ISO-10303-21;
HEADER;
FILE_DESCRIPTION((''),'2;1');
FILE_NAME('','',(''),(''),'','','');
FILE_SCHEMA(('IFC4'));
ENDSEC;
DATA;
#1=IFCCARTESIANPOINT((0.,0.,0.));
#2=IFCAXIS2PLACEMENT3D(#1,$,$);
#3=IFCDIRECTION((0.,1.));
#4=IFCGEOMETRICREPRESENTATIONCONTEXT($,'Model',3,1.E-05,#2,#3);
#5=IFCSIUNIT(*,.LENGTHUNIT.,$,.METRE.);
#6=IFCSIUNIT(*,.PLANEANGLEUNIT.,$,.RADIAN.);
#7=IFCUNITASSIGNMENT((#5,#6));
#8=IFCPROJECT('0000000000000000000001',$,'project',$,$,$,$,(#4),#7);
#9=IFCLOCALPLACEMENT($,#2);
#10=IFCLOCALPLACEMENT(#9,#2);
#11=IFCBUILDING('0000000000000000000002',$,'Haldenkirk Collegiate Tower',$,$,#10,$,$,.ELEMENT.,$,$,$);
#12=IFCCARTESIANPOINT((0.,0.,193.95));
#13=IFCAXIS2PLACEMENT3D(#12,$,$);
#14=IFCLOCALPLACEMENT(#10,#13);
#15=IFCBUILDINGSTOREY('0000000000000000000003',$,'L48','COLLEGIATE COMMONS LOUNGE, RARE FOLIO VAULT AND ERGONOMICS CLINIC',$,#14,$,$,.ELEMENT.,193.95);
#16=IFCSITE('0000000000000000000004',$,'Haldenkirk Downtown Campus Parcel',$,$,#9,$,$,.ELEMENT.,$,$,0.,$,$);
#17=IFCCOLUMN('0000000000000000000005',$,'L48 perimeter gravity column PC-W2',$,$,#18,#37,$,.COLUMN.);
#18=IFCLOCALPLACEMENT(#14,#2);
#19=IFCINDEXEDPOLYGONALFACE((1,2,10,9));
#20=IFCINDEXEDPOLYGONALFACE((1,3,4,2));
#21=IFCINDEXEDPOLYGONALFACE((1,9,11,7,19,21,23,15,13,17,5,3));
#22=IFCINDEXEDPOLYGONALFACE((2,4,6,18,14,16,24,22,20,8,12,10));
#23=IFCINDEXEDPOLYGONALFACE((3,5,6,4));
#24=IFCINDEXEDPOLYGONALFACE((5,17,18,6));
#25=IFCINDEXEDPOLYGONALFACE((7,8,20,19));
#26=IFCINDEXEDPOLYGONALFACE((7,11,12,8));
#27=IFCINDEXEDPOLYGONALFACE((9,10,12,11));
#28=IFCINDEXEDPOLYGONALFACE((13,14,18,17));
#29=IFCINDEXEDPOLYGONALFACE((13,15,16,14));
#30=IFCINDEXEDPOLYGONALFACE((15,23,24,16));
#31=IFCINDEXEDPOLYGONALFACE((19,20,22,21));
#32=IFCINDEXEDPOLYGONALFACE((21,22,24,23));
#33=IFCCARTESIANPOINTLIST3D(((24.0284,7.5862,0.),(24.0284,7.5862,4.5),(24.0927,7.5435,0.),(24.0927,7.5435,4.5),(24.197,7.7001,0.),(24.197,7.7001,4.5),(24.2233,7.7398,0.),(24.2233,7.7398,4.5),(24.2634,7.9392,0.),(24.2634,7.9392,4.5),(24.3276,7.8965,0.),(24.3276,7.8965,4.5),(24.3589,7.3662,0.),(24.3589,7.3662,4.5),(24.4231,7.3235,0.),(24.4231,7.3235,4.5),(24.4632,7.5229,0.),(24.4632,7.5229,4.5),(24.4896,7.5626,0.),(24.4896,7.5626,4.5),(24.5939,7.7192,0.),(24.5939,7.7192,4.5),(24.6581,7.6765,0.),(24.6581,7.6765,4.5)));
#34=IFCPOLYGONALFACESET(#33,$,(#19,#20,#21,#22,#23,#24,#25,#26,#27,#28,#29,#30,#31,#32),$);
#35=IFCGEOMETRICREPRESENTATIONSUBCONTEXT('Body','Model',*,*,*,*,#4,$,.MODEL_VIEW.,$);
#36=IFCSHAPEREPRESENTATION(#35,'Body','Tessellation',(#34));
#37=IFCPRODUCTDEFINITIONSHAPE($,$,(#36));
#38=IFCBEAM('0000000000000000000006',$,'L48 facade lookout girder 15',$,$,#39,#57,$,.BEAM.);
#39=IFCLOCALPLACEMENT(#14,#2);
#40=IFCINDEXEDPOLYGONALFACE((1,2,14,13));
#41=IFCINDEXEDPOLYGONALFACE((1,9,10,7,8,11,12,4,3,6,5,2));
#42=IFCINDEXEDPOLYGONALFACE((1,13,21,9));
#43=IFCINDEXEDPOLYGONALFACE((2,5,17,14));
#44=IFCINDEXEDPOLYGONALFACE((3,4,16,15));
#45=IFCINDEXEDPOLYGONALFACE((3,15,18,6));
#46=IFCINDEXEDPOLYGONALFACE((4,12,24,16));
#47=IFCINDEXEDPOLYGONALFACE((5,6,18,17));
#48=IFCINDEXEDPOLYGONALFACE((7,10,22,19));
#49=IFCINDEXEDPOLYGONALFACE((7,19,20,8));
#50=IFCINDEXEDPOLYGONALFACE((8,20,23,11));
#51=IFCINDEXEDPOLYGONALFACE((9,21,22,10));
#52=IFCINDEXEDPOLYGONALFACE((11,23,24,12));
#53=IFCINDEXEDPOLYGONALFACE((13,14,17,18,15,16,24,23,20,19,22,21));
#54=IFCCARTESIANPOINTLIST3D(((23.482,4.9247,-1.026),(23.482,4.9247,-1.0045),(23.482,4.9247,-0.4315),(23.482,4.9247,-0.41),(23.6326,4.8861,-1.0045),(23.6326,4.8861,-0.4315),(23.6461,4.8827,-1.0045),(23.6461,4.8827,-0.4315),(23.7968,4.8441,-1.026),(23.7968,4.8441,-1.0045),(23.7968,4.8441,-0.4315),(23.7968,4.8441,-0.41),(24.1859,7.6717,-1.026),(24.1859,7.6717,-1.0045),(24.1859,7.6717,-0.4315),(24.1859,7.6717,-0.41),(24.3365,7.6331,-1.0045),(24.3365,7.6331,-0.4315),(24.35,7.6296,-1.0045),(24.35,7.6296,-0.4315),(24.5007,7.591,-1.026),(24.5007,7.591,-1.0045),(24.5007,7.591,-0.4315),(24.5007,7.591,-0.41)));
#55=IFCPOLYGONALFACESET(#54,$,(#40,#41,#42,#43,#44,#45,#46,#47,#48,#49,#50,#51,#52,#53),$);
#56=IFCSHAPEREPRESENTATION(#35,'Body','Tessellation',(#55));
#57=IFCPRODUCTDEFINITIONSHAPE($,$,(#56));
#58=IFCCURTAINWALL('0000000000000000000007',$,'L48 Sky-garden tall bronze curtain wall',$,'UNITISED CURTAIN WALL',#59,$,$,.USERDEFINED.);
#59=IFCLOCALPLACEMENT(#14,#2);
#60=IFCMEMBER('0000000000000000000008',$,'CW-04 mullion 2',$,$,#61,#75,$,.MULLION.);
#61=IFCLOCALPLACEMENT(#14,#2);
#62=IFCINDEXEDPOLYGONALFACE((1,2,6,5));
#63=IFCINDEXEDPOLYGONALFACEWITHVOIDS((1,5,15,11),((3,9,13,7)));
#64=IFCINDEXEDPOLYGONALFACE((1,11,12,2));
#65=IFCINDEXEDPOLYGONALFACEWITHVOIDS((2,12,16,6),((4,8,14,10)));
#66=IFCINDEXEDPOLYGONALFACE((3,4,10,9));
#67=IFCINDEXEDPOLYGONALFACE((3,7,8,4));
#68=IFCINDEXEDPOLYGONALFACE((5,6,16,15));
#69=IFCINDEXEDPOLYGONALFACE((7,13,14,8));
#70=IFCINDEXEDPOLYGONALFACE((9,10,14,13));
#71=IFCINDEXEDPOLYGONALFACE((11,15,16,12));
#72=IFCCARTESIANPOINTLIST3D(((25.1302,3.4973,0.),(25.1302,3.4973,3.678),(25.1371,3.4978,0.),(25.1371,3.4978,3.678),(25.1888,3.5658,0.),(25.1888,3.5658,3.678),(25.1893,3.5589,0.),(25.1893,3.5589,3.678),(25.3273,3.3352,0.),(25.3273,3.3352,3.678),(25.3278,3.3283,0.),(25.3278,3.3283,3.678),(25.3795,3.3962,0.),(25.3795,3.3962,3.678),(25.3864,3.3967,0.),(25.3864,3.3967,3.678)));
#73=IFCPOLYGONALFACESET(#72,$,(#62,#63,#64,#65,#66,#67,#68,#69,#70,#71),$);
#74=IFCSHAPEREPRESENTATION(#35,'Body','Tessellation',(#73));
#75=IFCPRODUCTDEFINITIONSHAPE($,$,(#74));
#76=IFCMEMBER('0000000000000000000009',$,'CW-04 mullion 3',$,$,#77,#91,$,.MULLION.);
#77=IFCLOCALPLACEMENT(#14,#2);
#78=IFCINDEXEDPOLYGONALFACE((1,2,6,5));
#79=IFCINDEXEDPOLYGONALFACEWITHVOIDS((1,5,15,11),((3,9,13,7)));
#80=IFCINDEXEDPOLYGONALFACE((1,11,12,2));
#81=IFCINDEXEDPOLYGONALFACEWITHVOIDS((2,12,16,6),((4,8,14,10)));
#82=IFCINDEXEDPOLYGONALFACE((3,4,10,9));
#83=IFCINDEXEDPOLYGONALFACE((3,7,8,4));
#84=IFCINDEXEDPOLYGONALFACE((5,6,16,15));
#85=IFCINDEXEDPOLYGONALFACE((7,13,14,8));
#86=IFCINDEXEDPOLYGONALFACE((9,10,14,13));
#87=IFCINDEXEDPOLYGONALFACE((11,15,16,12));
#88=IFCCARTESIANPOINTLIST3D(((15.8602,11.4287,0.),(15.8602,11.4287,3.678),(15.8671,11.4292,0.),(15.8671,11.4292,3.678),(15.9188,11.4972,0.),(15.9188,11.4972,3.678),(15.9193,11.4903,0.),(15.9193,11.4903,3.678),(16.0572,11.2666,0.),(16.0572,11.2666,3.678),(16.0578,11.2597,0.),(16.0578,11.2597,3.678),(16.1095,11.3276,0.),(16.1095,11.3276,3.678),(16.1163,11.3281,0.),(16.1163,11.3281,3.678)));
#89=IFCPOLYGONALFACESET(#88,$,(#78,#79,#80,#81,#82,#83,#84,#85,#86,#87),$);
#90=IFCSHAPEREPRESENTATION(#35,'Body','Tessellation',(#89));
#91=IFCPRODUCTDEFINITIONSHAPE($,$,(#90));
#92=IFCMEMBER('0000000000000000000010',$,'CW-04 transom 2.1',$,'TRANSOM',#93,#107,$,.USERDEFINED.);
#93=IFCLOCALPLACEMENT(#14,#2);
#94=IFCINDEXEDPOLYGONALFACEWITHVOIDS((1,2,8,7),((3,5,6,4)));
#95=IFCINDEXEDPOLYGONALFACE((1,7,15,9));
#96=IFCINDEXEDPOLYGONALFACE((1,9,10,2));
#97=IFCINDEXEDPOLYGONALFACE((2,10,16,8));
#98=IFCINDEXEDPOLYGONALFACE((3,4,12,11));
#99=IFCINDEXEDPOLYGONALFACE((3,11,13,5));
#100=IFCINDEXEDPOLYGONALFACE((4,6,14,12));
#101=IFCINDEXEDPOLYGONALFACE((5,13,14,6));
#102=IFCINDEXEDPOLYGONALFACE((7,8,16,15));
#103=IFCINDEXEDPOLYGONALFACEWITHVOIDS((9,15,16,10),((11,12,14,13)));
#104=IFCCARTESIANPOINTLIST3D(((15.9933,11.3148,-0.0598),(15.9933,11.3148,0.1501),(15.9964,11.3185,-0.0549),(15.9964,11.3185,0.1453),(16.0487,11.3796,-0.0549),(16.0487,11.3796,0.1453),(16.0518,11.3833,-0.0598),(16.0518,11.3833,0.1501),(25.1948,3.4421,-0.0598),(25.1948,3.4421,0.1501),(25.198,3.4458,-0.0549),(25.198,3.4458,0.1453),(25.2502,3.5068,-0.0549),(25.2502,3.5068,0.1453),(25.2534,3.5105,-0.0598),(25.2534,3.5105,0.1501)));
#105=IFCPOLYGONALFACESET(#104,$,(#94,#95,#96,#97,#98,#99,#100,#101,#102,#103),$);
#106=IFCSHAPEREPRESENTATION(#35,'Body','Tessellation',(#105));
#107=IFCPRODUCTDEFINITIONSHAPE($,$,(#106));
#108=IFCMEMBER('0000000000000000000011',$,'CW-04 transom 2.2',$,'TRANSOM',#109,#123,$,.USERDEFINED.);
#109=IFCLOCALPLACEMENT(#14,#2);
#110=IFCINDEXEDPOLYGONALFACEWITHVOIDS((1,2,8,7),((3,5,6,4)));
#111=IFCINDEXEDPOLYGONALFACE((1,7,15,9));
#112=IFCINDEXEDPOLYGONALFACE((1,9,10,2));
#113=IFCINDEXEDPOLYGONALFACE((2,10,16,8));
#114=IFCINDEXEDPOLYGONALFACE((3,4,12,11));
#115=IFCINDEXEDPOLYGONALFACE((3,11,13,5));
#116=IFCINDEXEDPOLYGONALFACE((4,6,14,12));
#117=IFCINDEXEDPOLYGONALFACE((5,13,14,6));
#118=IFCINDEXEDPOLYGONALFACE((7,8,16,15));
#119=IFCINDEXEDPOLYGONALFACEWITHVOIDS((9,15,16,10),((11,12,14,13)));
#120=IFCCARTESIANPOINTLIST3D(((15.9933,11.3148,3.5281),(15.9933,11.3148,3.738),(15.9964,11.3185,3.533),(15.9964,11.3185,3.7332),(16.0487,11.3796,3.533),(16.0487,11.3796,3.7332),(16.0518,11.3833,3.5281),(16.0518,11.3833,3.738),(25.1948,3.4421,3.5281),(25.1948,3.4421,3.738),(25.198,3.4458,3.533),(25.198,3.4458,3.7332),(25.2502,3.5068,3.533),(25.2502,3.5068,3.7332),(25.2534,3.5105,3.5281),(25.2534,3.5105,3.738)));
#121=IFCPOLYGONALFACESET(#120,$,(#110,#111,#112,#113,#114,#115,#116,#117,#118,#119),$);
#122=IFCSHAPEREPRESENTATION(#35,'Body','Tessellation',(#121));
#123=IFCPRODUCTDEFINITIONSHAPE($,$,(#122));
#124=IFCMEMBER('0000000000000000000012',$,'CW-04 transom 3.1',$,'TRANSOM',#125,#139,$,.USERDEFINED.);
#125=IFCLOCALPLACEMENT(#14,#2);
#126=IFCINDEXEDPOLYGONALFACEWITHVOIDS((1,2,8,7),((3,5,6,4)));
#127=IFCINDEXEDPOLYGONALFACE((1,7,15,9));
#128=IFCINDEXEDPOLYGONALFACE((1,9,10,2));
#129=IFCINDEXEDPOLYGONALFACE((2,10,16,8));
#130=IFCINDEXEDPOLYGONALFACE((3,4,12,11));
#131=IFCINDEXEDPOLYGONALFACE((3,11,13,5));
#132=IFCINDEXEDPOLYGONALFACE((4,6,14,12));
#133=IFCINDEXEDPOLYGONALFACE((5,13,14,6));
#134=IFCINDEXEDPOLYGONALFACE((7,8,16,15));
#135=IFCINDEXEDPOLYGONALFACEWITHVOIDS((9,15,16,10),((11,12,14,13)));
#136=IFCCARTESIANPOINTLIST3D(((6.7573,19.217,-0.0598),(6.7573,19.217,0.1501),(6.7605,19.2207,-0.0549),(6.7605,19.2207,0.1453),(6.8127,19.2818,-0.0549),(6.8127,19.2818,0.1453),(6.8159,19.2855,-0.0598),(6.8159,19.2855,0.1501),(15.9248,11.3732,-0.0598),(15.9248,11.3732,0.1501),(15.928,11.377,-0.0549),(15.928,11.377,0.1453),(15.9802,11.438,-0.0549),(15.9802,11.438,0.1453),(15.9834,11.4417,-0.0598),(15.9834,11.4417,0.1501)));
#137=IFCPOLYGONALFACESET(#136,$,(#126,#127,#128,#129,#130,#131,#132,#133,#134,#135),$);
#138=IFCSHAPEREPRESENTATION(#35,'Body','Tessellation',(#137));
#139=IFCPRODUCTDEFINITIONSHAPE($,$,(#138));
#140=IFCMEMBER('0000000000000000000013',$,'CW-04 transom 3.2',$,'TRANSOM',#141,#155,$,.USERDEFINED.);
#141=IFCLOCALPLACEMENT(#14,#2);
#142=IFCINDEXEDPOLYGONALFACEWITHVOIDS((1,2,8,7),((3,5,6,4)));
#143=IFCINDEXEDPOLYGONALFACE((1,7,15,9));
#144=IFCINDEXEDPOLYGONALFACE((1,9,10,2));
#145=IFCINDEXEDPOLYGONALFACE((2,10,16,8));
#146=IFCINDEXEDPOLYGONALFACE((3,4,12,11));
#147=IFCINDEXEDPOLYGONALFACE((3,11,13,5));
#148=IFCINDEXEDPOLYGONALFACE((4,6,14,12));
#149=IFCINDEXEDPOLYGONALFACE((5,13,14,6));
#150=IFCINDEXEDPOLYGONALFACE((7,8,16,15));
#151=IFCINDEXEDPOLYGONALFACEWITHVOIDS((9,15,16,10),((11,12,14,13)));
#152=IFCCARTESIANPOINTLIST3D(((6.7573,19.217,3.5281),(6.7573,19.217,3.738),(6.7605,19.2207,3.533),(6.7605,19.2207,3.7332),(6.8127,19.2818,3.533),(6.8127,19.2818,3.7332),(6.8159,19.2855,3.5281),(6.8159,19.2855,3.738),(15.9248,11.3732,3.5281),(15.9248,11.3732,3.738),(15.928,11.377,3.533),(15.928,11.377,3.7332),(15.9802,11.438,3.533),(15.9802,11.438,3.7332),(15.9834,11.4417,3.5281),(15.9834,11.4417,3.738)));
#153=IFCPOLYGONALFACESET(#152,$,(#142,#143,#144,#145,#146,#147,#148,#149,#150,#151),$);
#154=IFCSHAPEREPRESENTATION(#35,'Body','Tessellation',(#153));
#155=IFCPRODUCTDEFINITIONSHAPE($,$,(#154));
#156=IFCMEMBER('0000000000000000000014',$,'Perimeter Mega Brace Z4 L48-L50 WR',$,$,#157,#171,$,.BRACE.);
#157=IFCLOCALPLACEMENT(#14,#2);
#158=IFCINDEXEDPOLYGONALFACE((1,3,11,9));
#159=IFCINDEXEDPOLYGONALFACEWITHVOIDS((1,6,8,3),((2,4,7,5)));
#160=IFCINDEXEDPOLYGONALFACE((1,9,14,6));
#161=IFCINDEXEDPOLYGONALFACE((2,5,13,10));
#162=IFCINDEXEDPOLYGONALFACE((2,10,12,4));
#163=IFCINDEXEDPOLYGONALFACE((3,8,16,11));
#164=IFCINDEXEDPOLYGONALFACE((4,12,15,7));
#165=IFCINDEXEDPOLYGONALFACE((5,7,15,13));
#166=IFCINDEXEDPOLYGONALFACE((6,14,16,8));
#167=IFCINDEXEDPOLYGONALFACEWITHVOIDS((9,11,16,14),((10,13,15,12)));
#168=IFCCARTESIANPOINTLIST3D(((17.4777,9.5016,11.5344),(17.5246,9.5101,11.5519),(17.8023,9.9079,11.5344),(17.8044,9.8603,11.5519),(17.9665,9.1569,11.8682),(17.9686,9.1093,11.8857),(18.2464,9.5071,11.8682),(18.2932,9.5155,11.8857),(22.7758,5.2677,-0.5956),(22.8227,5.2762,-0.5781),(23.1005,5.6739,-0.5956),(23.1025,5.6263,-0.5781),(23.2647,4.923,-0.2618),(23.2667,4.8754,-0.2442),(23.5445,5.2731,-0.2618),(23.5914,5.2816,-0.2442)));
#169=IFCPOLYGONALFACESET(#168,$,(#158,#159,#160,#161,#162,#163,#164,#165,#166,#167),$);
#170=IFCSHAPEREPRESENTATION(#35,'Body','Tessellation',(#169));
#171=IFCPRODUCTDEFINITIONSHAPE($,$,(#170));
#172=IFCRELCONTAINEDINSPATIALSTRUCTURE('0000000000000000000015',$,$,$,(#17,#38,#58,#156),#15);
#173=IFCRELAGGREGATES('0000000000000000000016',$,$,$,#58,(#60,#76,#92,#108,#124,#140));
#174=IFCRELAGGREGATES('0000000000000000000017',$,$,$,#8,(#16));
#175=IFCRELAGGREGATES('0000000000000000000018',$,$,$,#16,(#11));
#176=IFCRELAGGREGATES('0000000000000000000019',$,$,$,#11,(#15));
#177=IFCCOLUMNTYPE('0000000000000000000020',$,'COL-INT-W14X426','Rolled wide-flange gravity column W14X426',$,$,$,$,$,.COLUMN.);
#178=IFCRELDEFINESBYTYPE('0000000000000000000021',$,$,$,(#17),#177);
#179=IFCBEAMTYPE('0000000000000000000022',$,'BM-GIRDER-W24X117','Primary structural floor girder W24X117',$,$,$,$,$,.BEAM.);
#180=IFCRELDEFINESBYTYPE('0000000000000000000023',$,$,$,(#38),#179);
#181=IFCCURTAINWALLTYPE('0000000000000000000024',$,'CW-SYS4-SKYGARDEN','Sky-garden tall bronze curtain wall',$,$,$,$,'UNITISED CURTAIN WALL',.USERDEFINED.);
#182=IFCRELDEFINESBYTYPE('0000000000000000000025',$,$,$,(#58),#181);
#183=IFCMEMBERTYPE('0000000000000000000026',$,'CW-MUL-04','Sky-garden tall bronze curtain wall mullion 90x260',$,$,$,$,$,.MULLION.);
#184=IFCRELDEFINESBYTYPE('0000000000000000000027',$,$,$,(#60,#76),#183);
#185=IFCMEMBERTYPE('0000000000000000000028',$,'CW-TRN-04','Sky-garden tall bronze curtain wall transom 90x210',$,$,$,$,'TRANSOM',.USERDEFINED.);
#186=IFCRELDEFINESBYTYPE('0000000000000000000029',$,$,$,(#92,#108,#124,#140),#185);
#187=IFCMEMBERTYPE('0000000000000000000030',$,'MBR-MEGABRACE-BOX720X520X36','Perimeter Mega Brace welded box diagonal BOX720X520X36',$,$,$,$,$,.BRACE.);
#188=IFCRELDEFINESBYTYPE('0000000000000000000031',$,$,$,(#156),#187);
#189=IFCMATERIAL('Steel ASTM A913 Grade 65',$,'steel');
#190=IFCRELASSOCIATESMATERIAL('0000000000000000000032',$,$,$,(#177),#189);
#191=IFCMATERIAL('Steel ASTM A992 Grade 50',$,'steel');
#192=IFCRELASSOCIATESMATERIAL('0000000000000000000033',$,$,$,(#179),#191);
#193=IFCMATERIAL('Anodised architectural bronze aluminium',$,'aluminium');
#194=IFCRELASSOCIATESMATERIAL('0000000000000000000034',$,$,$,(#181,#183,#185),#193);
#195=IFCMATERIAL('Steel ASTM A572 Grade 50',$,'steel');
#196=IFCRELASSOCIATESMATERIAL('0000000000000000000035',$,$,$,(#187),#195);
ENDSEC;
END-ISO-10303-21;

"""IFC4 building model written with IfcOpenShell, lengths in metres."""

from ifc_helpers import new_model, si_unit, direction, frame, origin, origin_2d, place, context, subcontext, project, spatial, hollow_rectangle, i_section, extrude, material, material_profile, profile_set, type_object, element, aggregate, save


model = new_model("IFC4")

# Units and contexts
model_context = context("Model", 3, precision=1e-05, world=origin(), true_north=direction((0.0, 1.0)))
body_context = subcontext(model_context, "Body", "Model", "MODEL_VIEW")
ifc_project = project(units=[si_unit("LENGTHUNIT", "METRE"), si_unit("PLANEANGLEUNIT", "RADIAN")], contexts=[model_context])

# Site, building, storey
site_placement = place(None, origin())
site = spatial("IfcSite", under=ifc_project, at=site_placement, Name="Haldenkirk Downtown Campus Parcel", CompositionType="ELEMENT", RefElevation=0.0)
building_placement = place(site_placement, origin())
building = spatial("IfcBuilding", under=site, at=building_placement, Name="Haldenkirk Collegiate Tower", CompositionType="ELEMENT")
storey_placement = place(building_placement, frame((0.0, 0.0, 193.95)))
storey = spatial("IfcBuildingStorey", under=building, at=storey_placement, Name="L48", Description="COLLEGIATE COMMONS LOUNGE, RARE FOLIO VAULT AND ERGONOMICS CLINIC", CompositionType="ELEMENT", Elevation=193.95)

# Column
ifc_material_1 = material(Name="Steel ASTM A913 Grade 65", Category="steel")
ifc_material_profile_1 = material_profile(ifc_material_1, i_section(OverallWidth=0.4241, OverallDepth=0.4741, WebThickness=0.0476, FlangeThickness=0.0771, at=origin_2d()), Name="W14X426")
ifc_profile_set_1 = profile_set([ifc_material_profile_1], Name="Steel ASTM A913 Grade 65")
column_type = type_object("IfcColumnType", Name="COL-INT-W14X426", Description="Rolled wide-flange gravity column W14X426", PredefinedType="COLUMN", material=ifc_profile_set_1)
column_placement = place(storey_placement, frame((24.3433, 7.6313, 0.0), z_axis=(0.0, 0.0, 1.0), x_axis=(0.554118, 0.832438, 0.0)))
element("IfcColumn", 1, at=column_placement, inside=storey, type_object=column_type, Name="L48 perimeter gravity column PC-W2", PredefinedType="COLUMN", context=body_context, shape_type="SweptSolid", body=[
    extrude(i_section(OverallWidth=0.4241, OverallDepth=0.4741, WebThickness=0.0476, FlangeThickness=0.0771, at=origin_2d()), origin(), (0.0, 0.0, 1.0), 4.5),
])

# Beam
ifc_material_2 = material(Name="Steel ASTM A992 Grade 50", Category="steel")
ifc_material_profile_2 = material_profile(ifc_material_2, i_section(OverallWidth=0.325, OverallDepth=0.616, WebThickness=0.0139, FlangeThickness=0.0215, at=origin_2d()), Name="W24X117")
ifc_profile_set_2 = profile_set([ifc_material_profile_2], Name="Steel ASTM A992 Grade 50")
beam_type = type_object("IfcBeamType", Name="BM-GIRDER-W24X117", Description="Primary structural floor girder W24X117", PredefinedType="BEAM", material=ifc_profile_set_2)
beam_placement = place(storey_placement, frame((24.3433, 7.6313, -0.718), z_axis=(-0.248224, -0.968703, 0.0), x_axis=(0.968703, -0.248224, 0.0)))
element("IfcBeam", 2, at=beam_placement, inside=storey, type_object=beam_type, Name="L48 facade lookout girder 15", PredefinedType="BEAM", context=body_context, shape_type="SweptSolid", body=[
    extrude(i_section(OverallWidth=0.325, OverallDepth=0.616, WebThickness=0.0139, FlangeThickness=0.0215, at=origin_2d()), origin(), (0.0, 0.0, 1.0), 2.8357),
])

# Curtain wall, members
ifc_material_3 = material(Name="Anodised architectural bronze aluminium", Category="aluminium")
curtain_wall_type = type_object("IfcCurtainWallType", Name="CW-SYS4-SKYGARDEN", Description="Sky-garden tall bronze curtain wall", ElementType="UNITISED CURTAIN WALL", PredefinedType="USERDEFINED", material=ifc_material_3)
curtain_wall_placement = place(storey_placement, origin())
curtain_wall = element("IfcCurtainWall", 3, at=curtain_wall_placement, inside=storey, type_object=curtain_wall_type, Name="L48 Sky-garden tall bronze curtain wall", ObjectType="UNITISED CURTAIN WALL", PredefinedType="USERDEFINED")
ifc_material_profile_3 = material_profile(ifc_material_3, hollow_rectangle(XDim=0.0901, YDim=0.26, WallThickness=0.0049, at=origin_2d()), Name="CW-MUL-04")
ifc_profile_set_3 = profile_set([ifc_material_profile_3], Name="Anodised architectural bronze aluminium")
member_type_1 = type_object("IfcMemberType", Name="CW-MUL-04", Description="Sky-garden tall bronze curtain wall mullion 90x260", PredefinedType="MULLION", material=ifc_profile_set_3)
member_1_placement = place(storey_placement, frame((25.2583, 3.447, 0.0), z_axis=(0.0, 0.0, 1.0), x_axis=(-0.650113, -0.759837, 0.0)))
member_1 = element("IfcMember", 4, at=member_1_placement, type_object=member_type_1, Name="CW-04 mullion 2", PredefinedType="MULLION", context=body_context, shape_type="SweptSolid", body=[
    extrude(hollow_rectangle(XDim=0.0901, YDim=0.26, WallThickness=0.0049, at=origin_2d()), origin(), (0.0, 0.0, 1.0), 3.678),
])
member_2_placement = place(storey_placement, frame((15.9883, 11.3784, 0.0), z_axis=(0.0, 0.0, 1.0), x_axis=(-0.650113, -0.759837, 0.0)))
member_2 = element("IfcMember", 5, at=member_2_placement, type_object=member_type_1, Name="CW-04 mullion 3", PredefinedType="MULLION", context=body_context, shape_type="SweptSolid", body=[
    extrude(hollow_rectangle(XDim=0.0901, YDim=0.26, WallThickness=0.0049, at=origin_2d()), origin(), (0.0, 0.0, 1.0), 3.678),
])
ifc_material_profile_4 = material_profile(ifc_material_3, hollow_rectangle(XDim=0.0901, YDim=0.21, WallThickness=0.0049, at=origin_2d()), Name="CW-TRN-04")
ifc_profile_set_4 = profile_set([ifc_material_profile_4], Name="Anodised architectural bronze aluminium")
member_type_2 = type_object("IfcMemberType", Name="CW-TRN-04", Description="Sky-garden tall bronze curtain wall transom 90x210", ElementType="TRANSOM", PredefinedType="USERDEFINED", material=ifc_profile_set_4)
member_3_placement = place(storey_placement, frame((25.2241, 3.4763, 0.0452), z_axis=(-0.759841, 0.650109, 0.0), x_axis=(-0.650109, -0.759841, 0.0)))
member_3 = element("IfcMember", 6, at=member_3_placement, type_object=member_type_2, Name="CW-04 transom 2.1", ObjectType="TRANSOM", PredefinedType="USERDEFINED", context=body_context, shape_type="SweptSolid", body=[
    extrude(hollow_rectangle(XDim=0.0901, YDim=0.21, WallThickness=0.0049, at=origin_2d()), origin(), (0.0, 0.0, 1.0), 12.1099),
])
member_4_placement = place(storey_placement, frame((25.2241, 3.4763, 3.6331), z_axis=(-0.759841, 0.650109, 0.0), x_axis=(-0.650109, -0.759841, 0.0)))
member_4 = element("IfcMember", 7, at=member_4_placement, type_object=member_type_2, Name="CW-04 transom 2.2", ObjectType="TRANSOM", PredefinedType="USERDEFINED", context=body_context, shape_type="SweptSolid", body=[
    extrude(hollow_rectangle(XDim=0.0901, YDim=0.21, WallThickness=0.0049, at=origin_2d()), origin(), (0.0, 0.0, 1.0), 12.1099),
])
member_5_placement = place(storey_placement, frame((15.9541, 11.4075, 0.0452), z_axis=(-0.759833, 0.650118, 0.0), x_axis=(-0.650118, -0.759833, 0.0)))
member_5 = element("IfcMember", 8, at=member_5_placement, type_object=member_type_2, Name="CW-04 transom 3.1", ObjectType="TRANSOM", PredefinedType="USERDEFINED", context=body_context, shape_type="SweptSolid", body=[
    extrude(hollow_rectangle(XDim=0.0901, YDim=0.21, WallThickness=0.0049, at=origin_2d()), origin(), (0.0, 0.0, 1.0), 12.0652),
])
member_6_placement = place(storey_placement, frame((15.9541, 11.4075, 3.6331), z_axis=(-0.759833, 0.650118, 0.0), x_axis=(-0.650118, -0.759833, 0.0)))
member_6 = element("IfcMember", 9, at=member_6_placement, type_object=member_type_2, Name="CW-04 transom 3.2", ObjectType="TRANSOM", PredefinedType="USERDEFINED", context=body_context, shape_type="SweptSolid", body=[
    extrude(hollow_rectangle(XDim=0.0901, YDim=0.21, WallThickness=0.0049, at=origin_2d()), origin(), (0.0, 0.0, 1.0), 12.0652),
])

# Member
ifc_material_4 = material(Name="Steel ASTM A572 Grade 50", Category="steel")
ifc_material_profile_5 = material_profile(ifc_material_4, hollow_rectangle(XDim=0.52, YDim=0.72, WallThickness=0.0359, at=origin_2d()), Name="BOX720X520X36")
ifc_profile_set_5 = profile_set([ifc_material_profile_5], Name="Steel ASTM A572 Grade 50")
member_type_3 = type_object("IfcMemberType", Name="MBR-MEGABRACE-BOX720X520X36", Description="Perimeter Mega Brace welded box diagonal BOX720X520X36", PredefinedType="BRACE", material=ifc_profile_set_5)
member_7_placement = place(storey_placement, frame((23.1836, 5.2747, -0.4199), z_axis=(-0.381237, 0.30466, 0.872835), x_axis=(-0.624282, -0.781199, 0.0)))
element("IfcMember", 10, at=member_7_placement, inside=storey, type_object=member_type_3, Name="Perimeter Mega Brace Z4 L48-L50 WR", PredefinedType="BRACE", context=body_context, shape_type="SweptSolid", body=[
    extrude(hollow_rectangle(XDim=0.52, YDim=0.72, WallThickness=0.0359, at=origin_2d()), origin(), (0.0, 0.0, 1.0), 13.8972),
])

aggregate(curtain_wall, [member_1, member_2, member_3, member_4, member_5, member_6])

save(model, "model.ifc")
